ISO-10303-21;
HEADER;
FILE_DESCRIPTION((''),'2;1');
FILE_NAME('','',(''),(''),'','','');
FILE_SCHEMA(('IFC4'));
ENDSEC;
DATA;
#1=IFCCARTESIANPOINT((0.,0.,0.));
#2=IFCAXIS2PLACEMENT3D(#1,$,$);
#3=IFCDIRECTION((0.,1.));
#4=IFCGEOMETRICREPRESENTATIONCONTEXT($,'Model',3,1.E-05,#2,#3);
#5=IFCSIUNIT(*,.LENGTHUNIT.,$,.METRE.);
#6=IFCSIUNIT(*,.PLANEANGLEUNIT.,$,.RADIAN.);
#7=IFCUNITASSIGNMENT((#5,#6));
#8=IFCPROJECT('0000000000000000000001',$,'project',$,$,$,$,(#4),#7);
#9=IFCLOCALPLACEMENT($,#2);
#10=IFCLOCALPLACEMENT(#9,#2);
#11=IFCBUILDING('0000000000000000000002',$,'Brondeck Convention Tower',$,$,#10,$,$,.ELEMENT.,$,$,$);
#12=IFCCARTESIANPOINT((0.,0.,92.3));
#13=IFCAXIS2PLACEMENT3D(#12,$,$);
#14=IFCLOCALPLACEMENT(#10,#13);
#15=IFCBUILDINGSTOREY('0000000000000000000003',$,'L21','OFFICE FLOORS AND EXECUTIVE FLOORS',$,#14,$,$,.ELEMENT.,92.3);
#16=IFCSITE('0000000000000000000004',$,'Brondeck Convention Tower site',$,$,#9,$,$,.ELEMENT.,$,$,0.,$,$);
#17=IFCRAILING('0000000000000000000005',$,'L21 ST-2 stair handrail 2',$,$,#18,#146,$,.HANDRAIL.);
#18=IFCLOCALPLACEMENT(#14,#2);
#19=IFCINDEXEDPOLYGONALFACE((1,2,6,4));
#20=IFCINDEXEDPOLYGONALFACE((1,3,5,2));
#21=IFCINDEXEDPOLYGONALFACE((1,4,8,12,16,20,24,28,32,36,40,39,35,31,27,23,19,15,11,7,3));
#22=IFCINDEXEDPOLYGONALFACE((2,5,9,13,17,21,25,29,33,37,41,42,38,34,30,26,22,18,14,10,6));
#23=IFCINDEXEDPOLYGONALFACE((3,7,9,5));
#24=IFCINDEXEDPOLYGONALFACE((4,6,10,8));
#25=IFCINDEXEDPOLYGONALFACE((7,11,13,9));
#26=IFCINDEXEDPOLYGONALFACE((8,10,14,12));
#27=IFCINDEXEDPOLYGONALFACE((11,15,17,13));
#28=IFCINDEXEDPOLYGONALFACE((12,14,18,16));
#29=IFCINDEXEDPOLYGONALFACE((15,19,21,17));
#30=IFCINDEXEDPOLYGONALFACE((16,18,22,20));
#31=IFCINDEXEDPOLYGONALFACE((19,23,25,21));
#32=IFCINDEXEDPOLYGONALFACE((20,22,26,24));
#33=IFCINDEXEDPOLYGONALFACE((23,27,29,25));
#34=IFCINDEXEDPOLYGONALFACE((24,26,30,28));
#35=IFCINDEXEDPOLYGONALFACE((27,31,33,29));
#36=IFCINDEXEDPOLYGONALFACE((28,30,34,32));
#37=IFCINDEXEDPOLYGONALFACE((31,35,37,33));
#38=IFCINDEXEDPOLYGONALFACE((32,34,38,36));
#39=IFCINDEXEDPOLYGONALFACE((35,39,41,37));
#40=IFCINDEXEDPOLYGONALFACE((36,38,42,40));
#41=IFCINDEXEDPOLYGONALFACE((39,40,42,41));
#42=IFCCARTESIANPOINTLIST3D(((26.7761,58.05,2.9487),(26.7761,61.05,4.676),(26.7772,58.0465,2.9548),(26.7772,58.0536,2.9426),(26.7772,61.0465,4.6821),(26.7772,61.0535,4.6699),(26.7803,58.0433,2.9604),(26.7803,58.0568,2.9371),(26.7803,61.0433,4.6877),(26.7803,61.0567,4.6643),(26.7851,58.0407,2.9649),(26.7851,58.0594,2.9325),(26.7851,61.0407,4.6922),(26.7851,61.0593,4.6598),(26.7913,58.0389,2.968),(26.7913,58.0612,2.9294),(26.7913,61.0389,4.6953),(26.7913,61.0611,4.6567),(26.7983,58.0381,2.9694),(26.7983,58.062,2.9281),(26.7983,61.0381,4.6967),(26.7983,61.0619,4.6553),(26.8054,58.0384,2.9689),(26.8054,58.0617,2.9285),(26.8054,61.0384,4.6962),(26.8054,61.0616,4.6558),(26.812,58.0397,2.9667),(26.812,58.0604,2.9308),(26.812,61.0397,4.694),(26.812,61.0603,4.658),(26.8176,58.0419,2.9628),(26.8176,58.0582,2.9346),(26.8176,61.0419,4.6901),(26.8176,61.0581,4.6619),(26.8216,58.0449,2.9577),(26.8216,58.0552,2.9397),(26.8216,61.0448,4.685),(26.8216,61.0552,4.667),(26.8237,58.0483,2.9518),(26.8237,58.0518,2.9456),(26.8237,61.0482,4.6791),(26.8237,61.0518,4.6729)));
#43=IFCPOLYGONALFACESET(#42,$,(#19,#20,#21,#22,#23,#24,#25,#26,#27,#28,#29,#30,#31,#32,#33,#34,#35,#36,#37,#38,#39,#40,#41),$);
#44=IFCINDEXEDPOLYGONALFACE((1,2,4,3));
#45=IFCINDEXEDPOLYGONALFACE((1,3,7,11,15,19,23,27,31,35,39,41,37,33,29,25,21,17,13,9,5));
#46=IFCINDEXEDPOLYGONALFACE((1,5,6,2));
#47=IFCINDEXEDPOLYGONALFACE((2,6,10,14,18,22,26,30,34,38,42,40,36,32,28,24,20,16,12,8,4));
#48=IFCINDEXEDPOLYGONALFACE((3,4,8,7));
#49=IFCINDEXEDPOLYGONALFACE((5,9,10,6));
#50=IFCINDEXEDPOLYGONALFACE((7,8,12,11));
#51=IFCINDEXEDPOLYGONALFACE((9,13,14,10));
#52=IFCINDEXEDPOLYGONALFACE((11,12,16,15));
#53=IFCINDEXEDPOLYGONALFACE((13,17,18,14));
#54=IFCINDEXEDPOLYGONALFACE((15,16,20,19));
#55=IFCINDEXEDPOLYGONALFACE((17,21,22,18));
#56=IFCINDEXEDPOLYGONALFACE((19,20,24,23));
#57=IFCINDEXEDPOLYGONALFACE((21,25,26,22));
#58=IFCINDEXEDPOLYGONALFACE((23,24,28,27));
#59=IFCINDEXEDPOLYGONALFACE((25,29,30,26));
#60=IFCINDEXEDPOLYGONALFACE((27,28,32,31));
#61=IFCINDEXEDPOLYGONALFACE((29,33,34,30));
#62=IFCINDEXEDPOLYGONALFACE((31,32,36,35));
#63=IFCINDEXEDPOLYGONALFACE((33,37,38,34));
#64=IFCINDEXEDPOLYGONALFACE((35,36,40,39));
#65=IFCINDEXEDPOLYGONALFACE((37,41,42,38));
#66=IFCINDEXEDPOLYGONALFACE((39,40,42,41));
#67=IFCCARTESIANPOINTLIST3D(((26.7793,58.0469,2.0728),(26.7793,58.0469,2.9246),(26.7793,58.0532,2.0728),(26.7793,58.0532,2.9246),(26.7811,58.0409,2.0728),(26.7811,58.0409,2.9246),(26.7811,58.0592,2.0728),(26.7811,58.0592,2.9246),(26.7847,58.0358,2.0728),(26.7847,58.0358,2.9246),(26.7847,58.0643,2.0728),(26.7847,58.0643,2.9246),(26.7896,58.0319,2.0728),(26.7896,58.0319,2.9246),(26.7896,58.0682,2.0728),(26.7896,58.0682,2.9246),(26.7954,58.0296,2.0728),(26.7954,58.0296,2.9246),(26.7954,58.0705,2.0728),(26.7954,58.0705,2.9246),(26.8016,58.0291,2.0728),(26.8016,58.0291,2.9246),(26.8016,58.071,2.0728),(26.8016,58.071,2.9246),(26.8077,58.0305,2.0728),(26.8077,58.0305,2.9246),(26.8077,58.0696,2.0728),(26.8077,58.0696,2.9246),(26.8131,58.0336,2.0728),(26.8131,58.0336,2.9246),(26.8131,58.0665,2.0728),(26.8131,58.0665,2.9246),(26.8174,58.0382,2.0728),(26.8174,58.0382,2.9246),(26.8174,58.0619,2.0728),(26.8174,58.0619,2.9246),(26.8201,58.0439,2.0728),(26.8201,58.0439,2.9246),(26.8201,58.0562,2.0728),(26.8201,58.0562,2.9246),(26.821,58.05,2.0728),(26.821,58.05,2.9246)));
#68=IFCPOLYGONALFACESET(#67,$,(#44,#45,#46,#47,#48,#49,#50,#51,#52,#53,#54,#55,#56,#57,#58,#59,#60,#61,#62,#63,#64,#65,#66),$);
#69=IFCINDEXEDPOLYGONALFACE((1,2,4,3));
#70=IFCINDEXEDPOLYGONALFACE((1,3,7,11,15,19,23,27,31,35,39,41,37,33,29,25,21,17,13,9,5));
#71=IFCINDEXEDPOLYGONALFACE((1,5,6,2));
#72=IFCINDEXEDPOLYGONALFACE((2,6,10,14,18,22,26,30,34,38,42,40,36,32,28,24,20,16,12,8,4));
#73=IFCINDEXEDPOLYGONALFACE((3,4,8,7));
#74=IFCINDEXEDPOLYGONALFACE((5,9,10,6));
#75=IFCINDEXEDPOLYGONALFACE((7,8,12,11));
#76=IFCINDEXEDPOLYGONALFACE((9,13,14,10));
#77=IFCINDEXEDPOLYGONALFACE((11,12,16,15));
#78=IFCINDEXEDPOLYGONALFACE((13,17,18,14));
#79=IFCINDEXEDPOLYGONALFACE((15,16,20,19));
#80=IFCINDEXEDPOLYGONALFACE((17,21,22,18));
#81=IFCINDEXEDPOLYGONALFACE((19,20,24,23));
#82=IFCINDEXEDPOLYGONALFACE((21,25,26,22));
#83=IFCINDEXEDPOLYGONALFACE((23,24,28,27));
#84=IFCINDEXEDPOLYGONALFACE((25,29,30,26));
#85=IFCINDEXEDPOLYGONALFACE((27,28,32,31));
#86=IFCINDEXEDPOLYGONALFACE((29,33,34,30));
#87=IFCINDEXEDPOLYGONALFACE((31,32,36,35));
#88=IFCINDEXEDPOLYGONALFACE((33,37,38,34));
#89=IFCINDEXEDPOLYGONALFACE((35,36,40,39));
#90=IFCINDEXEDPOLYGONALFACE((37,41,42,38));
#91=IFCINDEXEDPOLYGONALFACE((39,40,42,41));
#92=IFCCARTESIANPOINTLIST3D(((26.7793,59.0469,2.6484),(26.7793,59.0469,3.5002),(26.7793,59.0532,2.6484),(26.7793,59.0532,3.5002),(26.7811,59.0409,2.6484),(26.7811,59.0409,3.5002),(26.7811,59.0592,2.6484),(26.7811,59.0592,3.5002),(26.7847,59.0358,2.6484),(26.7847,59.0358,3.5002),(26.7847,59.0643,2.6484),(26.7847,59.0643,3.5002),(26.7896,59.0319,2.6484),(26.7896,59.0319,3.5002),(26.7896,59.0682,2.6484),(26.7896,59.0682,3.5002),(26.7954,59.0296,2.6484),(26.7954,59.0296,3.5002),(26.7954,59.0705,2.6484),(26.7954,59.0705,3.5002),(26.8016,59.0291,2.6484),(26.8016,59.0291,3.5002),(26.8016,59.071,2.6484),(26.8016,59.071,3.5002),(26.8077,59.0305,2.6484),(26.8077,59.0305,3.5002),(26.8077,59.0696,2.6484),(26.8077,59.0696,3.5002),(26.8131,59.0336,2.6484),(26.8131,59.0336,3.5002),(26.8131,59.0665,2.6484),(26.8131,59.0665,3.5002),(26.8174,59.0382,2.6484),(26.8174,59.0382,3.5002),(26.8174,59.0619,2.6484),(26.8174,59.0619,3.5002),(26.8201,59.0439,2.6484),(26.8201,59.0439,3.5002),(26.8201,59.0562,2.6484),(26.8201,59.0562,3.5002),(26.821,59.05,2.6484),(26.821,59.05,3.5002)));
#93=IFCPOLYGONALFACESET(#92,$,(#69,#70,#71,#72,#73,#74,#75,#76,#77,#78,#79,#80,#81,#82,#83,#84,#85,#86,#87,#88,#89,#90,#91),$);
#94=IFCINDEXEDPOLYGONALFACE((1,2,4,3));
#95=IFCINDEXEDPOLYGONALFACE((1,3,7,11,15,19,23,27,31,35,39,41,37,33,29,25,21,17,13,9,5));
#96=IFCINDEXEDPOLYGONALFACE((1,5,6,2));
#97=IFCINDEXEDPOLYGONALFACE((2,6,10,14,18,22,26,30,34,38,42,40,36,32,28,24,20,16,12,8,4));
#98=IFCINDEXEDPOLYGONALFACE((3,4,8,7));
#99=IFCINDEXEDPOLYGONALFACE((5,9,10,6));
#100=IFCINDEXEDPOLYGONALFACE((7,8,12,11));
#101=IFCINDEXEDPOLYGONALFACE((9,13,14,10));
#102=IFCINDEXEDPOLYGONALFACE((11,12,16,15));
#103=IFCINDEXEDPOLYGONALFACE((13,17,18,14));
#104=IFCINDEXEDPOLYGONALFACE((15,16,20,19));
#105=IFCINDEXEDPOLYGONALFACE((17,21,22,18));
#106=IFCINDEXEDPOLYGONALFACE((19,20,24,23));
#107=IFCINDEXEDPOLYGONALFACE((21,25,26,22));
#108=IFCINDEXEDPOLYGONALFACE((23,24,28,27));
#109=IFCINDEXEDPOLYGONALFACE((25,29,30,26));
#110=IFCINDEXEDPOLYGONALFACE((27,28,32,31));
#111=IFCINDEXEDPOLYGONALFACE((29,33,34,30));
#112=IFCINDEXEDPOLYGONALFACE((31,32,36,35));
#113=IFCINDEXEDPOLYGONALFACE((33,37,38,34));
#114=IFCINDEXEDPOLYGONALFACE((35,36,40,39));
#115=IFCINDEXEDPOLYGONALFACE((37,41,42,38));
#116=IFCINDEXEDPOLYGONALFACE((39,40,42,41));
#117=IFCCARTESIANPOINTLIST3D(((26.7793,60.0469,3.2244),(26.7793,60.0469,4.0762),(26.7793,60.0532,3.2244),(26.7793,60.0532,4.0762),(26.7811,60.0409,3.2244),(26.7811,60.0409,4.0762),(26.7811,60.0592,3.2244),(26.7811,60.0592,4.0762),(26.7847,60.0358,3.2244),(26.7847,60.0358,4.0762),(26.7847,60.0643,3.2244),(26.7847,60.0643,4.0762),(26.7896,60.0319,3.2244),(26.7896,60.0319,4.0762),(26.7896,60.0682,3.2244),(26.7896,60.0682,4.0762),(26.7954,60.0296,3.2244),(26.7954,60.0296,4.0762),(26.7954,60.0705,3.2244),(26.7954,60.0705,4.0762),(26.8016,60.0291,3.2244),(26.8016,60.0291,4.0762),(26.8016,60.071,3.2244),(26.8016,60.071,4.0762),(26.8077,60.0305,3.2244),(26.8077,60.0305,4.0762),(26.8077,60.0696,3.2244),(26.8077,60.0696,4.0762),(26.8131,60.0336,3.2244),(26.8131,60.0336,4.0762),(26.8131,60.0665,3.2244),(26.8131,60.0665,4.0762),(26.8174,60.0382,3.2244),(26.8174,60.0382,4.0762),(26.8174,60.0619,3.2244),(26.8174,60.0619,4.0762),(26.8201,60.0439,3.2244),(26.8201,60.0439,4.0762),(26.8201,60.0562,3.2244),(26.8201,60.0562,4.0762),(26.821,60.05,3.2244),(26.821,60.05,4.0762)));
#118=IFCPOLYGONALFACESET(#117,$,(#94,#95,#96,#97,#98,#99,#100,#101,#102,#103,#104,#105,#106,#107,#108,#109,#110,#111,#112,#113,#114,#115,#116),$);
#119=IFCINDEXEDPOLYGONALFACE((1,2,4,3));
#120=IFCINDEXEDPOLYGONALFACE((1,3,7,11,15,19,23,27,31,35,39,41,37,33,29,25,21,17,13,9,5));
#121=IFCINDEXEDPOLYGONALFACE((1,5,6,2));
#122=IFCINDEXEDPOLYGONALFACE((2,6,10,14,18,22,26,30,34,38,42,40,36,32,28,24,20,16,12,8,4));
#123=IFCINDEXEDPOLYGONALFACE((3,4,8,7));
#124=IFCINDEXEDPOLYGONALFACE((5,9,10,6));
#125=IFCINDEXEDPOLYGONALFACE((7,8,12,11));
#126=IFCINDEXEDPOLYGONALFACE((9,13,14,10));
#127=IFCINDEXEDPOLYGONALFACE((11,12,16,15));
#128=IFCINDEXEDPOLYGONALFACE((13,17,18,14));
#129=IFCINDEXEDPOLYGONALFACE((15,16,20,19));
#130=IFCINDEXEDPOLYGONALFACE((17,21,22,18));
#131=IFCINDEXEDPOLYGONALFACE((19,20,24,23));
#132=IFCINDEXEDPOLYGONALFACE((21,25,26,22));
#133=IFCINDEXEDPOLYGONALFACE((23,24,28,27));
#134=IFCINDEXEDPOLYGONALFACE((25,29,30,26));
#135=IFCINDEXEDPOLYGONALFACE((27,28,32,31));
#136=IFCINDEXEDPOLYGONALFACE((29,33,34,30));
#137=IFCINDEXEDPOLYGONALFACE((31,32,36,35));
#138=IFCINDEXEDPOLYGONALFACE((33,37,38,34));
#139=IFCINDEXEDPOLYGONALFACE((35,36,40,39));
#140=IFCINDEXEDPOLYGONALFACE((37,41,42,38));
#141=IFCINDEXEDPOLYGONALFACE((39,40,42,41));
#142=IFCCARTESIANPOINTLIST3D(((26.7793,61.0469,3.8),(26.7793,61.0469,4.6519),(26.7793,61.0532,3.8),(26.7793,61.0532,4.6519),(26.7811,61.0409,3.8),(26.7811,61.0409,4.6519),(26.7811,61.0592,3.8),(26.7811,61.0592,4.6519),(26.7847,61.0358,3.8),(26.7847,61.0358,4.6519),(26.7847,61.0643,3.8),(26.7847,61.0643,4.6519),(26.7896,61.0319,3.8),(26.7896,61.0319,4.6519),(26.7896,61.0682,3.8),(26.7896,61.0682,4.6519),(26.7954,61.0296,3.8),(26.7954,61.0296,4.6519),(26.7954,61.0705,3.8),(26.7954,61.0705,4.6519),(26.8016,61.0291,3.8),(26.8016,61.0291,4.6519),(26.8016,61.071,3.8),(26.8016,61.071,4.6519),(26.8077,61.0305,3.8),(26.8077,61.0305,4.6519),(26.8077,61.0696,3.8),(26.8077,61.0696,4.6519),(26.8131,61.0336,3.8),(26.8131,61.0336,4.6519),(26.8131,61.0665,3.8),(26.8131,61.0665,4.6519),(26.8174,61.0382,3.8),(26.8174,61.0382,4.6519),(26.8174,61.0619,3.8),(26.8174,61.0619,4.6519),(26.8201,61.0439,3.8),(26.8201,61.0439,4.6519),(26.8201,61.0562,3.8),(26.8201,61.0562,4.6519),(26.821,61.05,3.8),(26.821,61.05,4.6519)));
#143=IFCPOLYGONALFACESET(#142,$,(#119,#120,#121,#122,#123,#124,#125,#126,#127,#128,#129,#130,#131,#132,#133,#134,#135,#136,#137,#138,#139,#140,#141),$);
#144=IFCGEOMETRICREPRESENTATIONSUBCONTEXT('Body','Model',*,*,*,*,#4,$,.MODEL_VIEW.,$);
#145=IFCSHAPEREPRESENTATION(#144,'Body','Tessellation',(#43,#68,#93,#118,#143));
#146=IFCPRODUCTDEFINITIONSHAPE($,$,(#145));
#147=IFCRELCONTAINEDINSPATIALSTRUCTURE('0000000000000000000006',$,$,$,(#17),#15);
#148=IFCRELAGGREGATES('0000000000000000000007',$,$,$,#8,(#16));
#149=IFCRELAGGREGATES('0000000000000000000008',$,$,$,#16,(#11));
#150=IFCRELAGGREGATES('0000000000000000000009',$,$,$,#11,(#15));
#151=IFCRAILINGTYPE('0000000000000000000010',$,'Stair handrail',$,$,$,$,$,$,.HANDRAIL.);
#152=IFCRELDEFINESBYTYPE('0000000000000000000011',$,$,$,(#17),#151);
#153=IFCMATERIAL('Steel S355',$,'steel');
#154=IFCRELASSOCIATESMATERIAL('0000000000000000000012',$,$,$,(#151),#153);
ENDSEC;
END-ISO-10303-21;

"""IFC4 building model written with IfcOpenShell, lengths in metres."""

from ifc_helpers import new_model, si_unit, direction, frame, origin, origin_2d, place, context, subcontext, project, spatial, circle, extrude, material, type_object, element, save


model = new_model("IFC4")

# Units and contexts
model_context = context("Model", 3, precision=1e-05, world=origin(), true_north=direction((0.0, 1.0)))
body_context = subcontext(model_context, "Body", "Model", "MODEL_VIEW")
ifc_project = project(units=[si_unit("LENGTHUNIT", "METRE"), si_unit("PLANEANGLEUNIT", "RADIAN")], contexts=[model_context])

# Site, building, storey
site_placement = place(None, origin())
site = spatial("IfcSite", under=ifc_project, at=site_placement, Name="Brondeck Convention Tower site", CompositionType="ELEMENT", RefElevation=0.0)
building_placement = place(site_placement, origin())
building = spatial("IfcBuilding", under=site, at=building_placement, Name="Brondeck Convention Tower", CompositionType="ELEMENT")
storey_placement = place(building_placement, frame((0.0, 0.0, 92.3)))
storey = spatial("IfcBuildingStorey", under=building, at=storey_placement, Name="L21", Description="OFFICE FLOORS AND EXECUTIVE FLOORS", CompositionType="ELEMENT", Elevation=92.3)

# Shared definitions
ifc_material_1 = material(Name="Steel S355", Category="steel")

# Railing
railing_type_1 = type_object("IfcRailingType", Name="Stair handrail", PredefinedType="HANDRAIL", material=ifc_material_1)
railing_1_placement = place(storey_placement, frame((26.8, 58.05, 2.0728)))
element("IfcRailing", 1, at=railing_1_placement, inside=storey, type_object=railing_type_1, Name="L21 ST-2 stair handrail 2", PredefinedType="HANDRAIL", context=body_context, shape_type="SweptSolid", body=[
    extrude(circle(Radius=0.0239, at=origin_2d()), frame((0.0, 0.0, 0.876), z_axis=(0.0, 0.86662, 0.498969), x_axis=(-1.0, 0.0, 0.0)), (0.0, 0.0, 1.0), 3.4617),
    extrude(circle(Radius=0.021, at=origin_2d()), origin(), (0.0, 0.0, 1.0), 0.8518),
    extrude(circle(Radius=0.021, at=origin_2d()), frame((0.0, 1.0, 0.5757)), (0.0, 0.0, 1.0), 0.8518),
    extrude(circle(Radius=0.021, at=origin_2d()), frame((0.0, 2.0, 1.1516)), (0.0, 0.0, 1.0), 0.8518),
    extrude(circle(Radius=0.021, at=origin_2d()), frame((0.0, 3.0, 1.7273)), (0.0, 0.0, 1.0), 0.8518),
])

save(model, "model.ifc")
